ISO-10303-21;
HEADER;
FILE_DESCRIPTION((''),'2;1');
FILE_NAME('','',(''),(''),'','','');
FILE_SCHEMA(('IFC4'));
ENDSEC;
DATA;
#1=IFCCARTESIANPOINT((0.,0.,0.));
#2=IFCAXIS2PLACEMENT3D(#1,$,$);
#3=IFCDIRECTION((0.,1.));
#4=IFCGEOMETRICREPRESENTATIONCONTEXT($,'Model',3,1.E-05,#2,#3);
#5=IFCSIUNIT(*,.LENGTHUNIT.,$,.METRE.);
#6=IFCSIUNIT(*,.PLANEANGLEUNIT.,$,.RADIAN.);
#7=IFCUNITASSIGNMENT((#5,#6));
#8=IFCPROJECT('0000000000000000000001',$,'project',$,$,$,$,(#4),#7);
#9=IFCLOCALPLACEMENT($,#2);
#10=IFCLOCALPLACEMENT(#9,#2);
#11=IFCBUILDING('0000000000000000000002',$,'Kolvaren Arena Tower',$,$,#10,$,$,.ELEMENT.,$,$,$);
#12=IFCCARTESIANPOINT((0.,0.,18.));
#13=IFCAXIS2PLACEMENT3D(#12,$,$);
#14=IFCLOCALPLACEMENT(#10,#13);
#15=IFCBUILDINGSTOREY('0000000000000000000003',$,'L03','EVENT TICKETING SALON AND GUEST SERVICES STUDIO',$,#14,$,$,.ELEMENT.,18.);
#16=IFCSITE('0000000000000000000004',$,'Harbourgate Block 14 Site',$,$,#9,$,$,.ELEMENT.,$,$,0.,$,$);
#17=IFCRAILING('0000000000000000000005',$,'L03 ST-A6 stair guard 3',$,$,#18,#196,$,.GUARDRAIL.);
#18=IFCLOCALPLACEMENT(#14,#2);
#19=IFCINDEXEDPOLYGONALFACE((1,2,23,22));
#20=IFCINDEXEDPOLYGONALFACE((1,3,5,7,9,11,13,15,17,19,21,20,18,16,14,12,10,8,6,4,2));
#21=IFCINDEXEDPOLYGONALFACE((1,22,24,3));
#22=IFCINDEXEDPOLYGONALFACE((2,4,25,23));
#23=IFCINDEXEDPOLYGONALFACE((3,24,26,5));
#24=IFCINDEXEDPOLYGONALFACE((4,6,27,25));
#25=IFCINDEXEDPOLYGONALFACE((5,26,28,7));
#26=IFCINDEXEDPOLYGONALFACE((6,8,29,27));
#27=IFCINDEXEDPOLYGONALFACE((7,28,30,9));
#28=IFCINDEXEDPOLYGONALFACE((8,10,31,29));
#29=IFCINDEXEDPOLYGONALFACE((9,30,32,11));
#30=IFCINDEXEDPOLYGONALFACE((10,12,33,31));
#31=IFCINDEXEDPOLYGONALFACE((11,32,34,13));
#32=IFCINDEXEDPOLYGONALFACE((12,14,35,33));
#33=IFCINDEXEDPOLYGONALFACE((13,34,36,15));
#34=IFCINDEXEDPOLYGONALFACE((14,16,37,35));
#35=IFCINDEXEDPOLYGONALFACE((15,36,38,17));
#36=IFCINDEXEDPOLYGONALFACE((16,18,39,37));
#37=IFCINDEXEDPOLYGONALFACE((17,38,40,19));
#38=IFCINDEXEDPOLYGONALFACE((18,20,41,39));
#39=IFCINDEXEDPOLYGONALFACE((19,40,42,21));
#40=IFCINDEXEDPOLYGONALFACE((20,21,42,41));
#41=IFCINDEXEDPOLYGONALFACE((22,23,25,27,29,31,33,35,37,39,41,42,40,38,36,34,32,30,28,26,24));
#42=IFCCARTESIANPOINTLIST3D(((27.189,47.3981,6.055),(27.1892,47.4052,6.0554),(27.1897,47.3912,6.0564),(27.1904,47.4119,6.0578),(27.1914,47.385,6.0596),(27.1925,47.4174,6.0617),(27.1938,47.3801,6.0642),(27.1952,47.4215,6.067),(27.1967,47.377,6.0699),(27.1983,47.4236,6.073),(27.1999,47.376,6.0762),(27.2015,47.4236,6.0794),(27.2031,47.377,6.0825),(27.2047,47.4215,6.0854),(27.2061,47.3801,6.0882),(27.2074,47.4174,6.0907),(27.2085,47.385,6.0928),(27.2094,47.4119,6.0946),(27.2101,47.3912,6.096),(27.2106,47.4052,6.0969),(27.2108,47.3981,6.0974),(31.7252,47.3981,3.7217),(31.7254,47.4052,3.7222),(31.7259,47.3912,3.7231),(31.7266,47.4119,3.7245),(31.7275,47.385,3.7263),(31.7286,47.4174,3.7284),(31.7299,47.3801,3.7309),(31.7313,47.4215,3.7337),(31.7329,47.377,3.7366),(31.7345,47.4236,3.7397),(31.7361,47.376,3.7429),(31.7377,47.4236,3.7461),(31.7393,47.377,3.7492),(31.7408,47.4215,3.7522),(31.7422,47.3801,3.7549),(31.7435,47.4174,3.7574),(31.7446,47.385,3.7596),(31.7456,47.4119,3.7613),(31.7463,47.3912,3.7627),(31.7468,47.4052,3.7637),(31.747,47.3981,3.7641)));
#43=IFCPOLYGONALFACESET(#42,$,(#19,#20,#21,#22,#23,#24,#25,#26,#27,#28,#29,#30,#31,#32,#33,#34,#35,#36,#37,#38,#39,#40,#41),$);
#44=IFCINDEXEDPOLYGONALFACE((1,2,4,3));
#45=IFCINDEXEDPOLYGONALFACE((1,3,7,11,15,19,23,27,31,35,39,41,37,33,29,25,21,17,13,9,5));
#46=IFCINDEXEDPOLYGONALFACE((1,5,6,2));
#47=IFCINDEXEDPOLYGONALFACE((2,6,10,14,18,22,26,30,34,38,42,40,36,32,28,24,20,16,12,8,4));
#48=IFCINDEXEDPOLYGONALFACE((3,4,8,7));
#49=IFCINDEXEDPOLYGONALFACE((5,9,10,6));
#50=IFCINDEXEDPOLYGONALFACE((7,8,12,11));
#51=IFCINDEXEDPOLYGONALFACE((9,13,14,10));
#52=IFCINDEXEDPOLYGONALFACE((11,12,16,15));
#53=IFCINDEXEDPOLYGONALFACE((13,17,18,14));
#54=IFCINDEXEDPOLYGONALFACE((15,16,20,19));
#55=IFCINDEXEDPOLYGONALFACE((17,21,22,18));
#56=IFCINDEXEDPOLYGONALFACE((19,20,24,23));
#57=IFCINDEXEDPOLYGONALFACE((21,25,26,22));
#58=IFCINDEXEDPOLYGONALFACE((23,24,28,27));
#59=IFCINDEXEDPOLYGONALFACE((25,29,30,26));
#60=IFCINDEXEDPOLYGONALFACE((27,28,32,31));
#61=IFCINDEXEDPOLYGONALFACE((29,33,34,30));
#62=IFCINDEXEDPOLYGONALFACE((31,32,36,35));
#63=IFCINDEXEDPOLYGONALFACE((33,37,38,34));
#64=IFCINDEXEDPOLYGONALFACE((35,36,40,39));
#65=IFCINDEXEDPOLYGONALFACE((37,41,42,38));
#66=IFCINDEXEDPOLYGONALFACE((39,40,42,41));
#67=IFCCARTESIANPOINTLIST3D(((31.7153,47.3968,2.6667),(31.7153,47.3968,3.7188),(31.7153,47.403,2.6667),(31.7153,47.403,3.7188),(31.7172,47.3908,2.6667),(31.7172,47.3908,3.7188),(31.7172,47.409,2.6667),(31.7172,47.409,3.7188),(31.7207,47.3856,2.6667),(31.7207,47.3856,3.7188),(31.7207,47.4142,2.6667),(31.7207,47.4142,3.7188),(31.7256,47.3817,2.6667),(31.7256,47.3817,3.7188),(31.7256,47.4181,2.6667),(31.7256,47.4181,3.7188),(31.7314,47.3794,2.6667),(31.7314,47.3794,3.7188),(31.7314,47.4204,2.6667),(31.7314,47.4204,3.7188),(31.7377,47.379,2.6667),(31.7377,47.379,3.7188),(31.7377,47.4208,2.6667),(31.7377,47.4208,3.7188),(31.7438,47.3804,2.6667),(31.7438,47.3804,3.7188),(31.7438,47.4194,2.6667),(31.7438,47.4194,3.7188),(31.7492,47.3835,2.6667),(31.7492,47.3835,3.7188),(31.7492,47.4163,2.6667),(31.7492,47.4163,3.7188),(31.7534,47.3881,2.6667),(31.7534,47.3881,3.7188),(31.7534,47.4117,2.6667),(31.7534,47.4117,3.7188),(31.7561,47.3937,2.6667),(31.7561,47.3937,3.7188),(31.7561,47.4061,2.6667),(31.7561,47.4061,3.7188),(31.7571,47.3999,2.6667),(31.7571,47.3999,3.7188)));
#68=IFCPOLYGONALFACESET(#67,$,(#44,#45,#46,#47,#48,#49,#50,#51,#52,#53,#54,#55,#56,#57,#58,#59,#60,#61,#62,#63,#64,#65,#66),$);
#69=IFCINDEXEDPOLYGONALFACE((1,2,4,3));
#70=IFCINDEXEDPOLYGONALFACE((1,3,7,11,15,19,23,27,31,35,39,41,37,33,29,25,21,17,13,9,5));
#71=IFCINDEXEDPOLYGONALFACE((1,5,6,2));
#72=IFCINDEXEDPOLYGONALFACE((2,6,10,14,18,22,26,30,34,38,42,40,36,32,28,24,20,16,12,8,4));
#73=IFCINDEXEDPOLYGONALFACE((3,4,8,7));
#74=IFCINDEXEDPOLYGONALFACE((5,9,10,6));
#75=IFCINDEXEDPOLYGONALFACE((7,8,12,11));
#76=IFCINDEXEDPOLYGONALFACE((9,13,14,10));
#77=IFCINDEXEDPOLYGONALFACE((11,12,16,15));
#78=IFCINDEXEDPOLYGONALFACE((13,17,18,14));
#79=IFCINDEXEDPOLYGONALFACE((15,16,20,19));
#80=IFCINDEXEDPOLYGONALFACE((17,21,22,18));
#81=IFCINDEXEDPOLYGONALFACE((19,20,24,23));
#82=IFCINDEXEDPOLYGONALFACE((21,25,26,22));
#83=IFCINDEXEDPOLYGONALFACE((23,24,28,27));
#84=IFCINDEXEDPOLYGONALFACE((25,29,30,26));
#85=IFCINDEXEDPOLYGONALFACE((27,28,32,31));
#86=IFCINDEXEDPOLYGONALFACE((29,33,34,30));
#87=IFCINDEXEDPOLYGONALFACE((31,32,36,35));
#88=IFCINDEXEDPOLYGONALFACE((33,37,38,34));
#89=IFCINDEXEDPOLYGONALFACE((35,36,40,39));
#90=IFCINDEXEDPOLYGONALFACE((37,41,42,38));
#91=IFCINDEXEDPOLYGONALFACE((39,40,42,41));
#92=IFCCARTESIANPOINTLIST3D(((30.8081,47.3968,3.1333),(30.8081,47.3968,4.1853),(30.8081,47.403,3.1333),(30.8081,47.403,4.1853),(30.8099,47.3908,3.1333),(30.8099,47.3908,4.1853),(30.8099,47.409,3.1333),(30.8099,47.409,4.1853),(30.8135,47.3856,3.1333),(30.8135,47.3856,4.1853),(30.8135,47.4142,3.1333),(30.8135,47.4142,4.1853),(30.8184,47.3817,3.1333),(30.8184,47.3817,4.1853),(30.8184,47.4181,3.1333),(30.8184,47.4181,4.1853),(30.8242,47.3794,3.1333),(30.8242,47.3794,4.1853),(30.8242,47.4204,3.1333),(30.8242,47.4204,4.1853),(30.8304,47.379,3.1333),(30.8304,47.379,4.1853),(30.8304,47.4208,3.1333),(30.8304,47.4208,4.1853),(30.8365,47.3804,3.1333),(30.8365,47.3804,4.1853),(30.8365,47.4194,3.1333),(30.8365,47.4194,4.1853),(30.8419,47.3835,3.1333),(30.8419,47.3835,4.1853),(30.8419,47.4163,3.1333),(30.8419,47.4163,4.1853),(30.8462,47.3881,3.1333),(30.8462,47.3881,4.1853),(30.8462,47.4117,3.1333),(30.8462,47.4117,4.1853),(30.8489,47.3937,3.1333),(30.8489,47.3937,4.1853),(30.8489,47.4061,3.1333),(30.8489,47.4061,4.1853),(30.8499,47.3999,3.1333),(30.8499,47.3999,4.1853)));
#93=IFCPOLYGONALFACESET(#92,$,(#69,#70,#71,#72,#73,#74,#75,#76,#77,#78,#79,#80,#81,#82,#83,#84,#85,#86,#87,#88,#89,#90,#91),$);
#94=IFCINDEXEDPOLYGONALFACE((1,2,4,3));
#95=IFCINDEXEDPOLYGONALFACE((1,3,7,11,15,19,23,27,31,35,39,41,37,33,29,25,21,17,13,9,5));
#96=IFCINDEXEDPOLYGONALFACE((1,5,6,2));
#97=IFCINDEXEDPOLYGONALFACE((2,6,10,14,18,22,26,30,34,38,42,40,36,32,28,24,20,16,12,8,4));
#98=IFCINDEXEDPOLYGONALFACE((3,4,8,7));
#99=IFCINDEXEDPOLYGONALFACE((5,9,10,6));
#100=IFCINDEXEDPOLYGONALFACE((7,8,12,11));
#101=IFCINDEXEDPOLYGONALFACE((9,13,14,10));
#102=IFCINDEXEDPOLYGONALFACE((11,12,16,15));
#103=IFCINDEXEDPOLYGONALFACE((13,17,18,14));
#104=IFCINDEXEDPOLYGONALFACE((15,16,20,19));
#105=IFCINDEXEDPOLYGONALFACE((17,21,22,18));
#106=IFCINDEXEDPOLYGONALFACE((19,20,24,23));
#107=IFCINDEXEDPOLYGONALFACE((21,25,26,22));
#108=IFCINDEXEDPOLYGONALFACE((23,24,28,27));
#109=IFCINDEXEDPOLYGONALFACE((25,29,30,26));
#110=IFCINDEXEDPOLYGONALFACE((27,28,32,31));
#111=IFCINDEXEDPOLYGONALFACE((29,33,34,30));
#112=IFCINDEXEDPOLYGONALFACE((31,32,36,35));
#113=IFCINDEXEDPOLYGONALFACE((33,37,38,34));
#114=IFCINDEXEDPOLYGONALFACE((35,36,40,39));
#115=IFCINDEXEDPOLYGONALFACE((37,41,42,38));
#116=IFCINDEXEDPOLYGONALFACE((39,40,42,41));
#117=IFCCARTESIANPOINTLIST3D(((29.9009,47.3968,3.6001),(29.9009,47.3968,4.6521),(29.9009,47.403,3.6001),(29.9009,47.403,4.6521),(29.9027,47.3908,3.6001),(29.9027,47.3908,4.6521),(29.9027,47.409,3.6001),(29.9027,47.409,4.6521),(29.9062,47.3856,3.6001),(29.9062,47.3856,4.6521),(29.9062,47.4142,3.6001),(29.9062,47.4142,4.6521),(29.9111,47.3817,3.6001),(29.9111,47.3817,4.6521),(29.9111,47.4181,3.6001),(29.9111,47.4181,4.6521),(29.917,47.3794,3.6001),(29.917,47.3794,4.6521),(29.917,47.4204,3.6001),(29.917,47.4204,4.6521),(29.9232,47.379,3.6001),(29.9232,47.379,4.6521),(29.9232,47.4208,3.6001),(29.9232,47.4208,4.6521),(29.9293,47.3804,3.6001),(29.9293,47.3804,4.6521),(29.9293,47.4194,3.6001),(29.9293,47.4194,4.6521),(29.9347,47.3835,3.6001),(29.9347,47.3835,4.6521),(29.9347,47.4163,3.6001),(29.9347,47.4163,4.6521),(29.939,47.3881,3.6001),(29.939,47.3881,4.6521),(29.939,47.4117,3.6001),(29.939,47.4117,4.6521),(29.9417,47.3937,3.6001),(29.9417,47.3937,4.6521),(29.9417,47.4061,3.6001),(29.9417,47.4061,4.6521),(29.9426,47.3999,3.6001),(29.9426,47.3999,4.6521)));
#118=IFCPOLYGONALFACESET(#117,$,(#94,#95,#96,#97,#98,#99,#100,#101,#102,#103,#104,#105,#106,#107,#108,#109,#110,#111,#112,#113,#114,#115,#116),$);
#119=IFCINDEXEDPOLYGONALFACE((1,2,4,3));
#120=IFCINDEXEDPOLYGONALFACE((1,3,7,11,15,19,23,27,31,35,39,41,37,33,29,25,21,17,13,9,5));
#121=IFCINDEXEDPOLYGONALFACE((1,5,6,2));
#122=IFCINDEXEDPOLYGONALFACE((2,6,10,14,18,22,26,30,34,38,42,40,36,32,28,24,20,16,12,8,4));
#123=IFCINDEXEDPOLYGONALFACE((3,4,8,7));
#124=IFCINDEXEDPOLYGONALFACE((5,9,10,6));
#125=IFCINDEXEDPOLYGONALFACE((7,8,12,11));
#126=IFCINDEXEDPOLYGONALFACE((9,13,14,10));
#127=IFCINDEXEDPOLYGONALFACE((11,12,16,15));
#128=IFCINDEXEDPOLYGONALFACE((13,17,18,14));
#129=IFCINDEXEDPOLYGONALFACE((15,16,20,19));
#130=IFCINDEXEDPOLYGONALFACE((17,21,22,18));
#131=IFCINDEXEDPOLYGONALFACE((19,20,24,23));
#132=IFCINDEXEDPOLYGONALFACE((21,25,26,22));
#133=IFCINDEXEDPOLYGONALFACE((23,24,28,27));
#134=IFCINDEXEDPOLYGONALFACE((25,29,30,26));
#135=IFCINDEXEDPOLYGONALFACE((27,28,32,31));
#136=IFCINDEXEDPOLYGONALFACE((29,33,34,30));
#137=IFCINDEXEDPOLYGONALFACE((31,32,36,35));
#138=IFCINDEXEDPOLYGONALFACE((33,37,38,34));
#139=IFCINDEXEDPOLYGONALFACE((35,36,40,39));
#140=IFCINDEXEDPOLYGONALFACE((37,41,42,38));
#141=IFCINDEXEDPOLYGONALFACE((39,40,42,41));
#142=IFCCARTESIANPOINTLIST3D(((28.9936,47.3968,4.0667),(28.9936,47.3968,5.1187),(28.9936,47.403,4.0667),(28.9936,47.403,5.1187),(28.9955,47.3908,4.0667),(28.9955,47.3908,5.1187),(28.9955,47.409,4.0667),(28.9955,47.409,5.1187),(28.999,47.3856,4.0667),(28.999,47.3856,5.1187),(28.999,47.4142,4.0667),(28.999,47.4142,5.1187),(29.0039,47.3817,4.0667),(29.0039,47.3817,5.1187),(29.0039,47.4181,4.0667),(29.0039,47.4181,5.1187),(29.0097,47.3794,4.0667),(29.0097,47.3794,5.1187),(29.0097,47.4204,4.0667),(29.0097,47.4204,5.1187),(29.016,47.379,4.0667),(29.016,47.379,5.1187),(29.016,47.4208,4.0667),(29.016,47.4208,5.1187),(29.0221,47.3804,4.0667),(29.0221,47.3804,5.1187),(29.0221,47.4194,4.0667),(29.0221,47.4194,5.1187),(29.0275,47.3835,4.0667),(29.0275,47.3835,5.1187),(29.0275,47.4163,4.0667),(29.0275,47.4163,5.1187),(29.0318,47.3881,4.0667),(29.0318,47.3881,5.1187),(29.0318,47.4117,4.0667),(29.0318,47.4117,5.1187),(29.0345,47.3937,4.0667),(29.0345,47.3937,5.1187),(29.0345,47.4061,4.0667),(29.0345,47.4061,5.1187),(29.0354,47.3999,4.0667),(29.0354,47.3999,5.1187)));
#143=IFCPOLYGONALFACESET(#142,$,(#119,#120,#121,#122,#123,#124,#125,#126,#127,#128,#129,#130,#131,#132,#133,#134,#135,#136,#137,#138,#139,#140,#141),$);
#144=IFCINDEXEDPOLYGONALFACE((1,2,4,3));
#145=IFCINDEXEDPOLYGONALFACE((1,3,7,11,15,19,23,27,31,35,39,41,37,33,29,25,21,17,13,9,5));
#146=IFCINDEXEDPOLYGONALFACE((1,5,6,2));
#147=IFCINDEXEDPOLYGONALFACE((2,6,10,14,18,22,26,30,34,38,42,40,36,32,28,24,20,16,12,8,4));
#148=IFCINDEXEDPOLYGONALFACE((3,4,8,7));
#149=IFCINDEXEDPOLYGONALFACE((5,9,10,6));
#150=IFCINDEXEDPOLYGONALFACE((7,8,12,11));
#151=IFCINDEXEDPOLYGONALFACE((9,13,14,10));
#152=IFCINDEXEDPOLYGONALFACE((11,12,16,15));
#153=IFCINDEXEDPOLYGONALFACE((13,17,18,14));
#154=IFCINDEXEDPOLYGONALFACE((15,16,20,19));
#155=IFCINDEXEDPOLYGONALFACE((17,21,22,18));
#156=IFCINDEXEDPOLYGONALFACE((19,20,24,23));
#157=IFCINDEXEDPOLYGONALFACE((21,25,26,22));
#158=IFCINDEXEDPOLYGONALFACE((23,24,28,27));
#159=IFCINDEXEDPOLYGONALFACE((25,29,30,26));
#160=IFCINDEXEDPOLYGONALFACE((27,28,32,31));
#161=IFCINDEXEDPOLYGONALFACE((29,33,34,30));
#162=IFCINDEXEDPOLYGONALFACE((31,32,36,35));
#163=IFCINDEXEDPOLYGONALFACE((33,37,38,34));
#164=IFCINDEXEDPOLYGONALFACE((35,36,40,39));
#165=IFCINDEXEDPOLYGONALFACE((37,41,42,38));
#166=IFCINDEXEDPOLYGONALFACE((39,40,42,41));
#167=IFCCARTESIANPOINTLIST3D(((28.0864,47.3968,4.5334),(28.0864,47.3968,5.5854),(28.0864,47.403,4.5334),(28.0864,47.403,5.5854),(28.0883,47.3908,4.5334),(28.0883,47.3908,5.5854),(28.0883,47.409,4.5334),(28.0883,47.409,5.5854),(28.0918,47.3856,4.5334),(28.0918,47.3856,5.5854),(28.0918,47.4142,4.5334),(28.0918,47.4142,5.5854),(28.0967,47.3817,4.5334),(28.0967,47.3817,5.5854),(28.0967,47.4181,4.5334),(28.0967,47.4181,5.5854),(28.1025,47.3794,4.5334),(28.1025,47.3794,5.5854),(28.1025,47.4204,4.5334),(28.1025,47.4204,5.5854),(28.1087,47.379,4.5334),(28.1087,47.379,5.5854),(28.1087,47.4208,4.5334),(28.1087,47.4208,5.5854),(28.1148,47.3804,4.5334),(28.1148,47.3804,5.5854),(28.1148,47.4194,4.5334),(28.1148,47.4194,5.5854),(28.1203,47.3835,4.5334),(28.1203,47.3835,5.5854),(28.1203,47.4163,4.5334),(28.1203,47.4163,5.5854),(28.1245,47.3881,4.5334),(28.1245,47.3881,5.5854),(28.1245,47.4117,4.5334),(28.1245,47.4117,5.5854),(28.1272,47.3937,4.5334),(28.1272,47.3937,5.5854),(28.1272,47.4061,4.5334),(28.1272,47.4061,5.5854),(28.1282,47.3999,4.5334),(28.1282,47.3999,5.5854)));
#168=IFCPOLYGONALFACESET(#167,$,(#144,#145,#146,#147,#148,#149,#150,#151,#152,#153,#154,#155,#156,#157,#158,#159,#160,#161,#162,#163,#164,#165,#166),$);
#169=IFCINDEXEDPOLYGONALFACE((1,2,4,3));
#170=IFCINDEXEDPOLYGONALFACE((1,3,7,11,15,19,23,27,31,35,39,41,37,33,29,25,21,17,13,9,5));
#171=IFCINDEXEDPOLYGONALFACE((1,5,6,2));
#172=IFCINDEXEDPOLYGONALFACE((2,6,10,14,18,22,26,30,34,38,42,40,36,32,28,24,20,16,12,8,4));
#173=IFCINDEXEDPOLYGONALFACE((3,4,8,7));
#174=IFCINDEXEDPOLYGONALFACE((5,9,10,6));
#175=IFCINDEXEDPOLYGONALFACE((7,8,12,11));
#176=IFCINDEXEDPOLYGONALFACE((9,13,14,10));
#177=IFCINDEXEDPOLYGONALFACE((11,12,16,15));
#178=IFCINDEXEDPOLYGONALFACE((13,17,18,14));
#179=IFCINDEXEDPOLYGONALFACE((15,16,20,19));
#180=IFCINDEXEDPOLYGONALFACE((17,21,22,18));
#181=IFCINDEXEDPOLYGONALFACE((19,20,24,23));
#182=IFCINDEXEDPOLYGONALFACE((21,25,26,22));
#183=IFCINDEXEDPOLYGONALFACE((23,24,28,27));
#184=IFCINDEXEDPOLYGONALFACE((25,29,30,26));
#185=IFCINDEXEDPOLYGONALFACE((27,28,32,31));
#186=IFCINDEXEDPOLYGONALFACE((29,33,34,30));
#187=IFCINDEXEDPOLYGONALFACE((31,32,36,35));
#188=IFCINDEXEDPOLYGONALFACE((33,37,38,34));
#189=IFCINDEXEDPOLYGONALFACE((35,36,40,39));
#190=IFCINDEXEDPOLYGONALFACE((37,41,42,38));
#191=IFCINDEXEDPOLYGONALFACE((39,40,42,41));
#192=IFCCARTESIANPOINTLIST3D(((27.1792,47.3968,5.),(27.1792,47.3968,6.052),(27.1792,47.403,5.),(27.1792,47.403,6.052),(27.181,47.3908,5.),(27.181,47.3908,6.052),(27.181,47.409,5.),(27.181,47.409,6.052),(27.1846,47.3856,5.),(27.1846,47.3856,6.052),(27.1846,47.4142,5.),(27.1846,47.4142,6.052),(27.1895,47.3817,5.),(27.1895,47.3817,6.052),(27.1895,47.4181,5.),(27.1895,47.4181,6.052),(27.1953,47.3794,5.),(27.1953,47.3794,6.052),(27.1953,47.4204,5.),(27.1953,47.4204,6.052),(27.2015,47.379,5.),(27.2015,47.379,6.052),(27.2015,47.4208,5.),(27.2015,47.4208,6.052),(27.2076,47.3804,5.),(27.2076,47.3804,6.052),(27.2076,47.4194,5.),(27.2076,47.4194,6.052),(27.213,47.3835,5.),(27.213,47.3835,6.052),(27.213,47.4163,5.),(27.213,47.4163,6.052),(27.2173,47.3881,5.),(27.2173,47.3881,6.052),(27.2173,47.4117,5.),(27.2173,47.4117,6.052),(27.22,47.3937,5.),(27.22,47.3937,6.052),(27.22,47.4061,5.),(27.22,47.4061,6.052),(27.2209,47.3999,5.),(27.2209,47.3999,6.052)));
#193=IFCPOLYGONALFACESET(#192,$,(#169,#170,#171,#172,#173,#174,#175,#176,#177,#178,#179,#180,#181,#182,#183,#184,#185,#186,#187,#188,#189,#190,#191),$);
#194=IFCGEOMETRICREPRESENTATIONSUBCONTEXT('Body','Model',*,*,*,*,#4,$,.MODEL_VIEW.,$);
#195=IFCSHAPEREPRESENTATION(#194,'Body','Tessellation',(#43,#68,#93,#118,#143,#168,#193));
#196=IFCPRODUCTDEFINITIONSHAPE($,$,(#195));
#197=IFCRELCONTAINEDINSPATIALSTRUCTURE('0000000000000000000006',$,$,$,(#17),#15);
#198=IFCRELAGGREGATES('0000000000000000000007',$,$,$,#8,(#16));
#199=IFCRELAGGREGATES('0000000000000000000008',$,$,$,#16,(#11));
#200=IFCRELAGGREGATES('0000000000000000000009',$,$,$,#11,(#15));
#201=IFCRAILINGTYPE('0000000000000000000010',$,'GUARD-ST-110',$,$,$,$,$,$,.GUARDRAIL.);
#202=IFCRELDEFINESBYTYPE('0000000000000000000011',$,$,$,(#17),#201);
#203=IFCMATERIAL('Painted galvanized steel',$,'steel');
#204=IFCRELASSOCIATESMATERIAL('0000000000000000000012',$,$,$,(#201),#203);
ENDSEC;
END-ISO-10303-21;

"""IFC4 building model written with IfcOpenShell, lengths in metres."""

from ifc_helpers import new_model, si_unit, direction, frame, origin, origin_2d, place, context, subcontext, project, spatial, circle, extrude, material, type_object, element, save


model = new_model("IFC4")

# Units and contexts
model_context = context("Model", 3, precision=1e-05, world=origin(), true_north=direction((0.0, 1.0)))
body_context = subcontext(model_context, "Body", "Model", "MODEL_VIEW")
ifc_project = project(units=[si_unit("LENGTHUNIT", "METRE"), si_unit("PLANEANGLEUNIT", "RADIAN")], contexts=[model_context])

# Site, building, storey
site_placement = place(None, origin())
site = spatial("IfcSite", under=ifc_project, at=site_placement, Name="Harbourgate Block 14 Site", CompositionType="ELEMENT", RefElevation=0.0)
building_placement = place(site_placement, origin())
building = spatial("IfcBuilding", under=site, at=building_placement, Name="Kolvaren Arena Tower", CompositionType="ELEMENT")
storey_placement = place(building_placement, frame((0.0, 0.0, 18.0)))
storey = spatial("IfcBuildingStorey", under=building, at=storey_placement, Name="L03", Description="EVENT TICKETING SALON AND GUEST SERVICES STUDIO", CompositionType="ELEMENT", Elevation=18.0)

# Railing
ifc_material_1 = material(Name="Painted galvanized steel", Category="steel")
railing_type_1 = type_object("IfcRailingType", Name="GUARD-ST-110", PredefinedType="GUARDRAIL", material=ifc_material_1)
railing_1_placement = place(storey_placement, frame((31.7361, 47.3999, 2.6667)))
element("IfcRailing", 1, at=railing_1_placement, inside=storey, type_object=railing_type_1, Name="L03 ST-A6 stair guard 3", PredefinedType="GUARDRAIL", context=body_context, shape_type="SweptSolid", body=[
    extrude(circle(Radius=0.0239, at=origin_2d()), frame((0.0, 0.0, 1.0762), z_axis=(-0.889257, 0.0, 0.457407), x_axis=(0.0, -1.0, 0.0)), (0.0, 0.0, 1.0), 5.1011),
    extrude(circle(Radius=0.021, at=origin_2d()), origin(), (0.0, 0.0, 1.0), 1.052),
    extrude(circle(Radius=0.021, at=origin_2d()), frame((-0.9072, 0.0, 0.4666)), (0.0, 0.0, 1.0), 1.052),
    extrude(circle(Radius=0.021, at=origin_2d()), frame((-1.8145, 0.0, 0.9333)), (0.0, 0.0, 1.0), 1.052),
    extrude(circle(Radius=0.021, at=origin_2d()), frame((-2.7217, 0.0, 1.3999)), (0.0, 0.0, 1.0), 1.052),
    extrude(circle(Radius=0.021, at=origin_2d()), frame((-3.6289, 0.0, 1.8667)), (0.0, 0.0, 1.0), 1.052),
    extrude(circle(Radius=0.021, at=origin_2d()), frame((-4.5361, 0.0, 2.3333)), (0.0, 0.0, 1.0), 1.052),
])

save(model, "model.ifc")
